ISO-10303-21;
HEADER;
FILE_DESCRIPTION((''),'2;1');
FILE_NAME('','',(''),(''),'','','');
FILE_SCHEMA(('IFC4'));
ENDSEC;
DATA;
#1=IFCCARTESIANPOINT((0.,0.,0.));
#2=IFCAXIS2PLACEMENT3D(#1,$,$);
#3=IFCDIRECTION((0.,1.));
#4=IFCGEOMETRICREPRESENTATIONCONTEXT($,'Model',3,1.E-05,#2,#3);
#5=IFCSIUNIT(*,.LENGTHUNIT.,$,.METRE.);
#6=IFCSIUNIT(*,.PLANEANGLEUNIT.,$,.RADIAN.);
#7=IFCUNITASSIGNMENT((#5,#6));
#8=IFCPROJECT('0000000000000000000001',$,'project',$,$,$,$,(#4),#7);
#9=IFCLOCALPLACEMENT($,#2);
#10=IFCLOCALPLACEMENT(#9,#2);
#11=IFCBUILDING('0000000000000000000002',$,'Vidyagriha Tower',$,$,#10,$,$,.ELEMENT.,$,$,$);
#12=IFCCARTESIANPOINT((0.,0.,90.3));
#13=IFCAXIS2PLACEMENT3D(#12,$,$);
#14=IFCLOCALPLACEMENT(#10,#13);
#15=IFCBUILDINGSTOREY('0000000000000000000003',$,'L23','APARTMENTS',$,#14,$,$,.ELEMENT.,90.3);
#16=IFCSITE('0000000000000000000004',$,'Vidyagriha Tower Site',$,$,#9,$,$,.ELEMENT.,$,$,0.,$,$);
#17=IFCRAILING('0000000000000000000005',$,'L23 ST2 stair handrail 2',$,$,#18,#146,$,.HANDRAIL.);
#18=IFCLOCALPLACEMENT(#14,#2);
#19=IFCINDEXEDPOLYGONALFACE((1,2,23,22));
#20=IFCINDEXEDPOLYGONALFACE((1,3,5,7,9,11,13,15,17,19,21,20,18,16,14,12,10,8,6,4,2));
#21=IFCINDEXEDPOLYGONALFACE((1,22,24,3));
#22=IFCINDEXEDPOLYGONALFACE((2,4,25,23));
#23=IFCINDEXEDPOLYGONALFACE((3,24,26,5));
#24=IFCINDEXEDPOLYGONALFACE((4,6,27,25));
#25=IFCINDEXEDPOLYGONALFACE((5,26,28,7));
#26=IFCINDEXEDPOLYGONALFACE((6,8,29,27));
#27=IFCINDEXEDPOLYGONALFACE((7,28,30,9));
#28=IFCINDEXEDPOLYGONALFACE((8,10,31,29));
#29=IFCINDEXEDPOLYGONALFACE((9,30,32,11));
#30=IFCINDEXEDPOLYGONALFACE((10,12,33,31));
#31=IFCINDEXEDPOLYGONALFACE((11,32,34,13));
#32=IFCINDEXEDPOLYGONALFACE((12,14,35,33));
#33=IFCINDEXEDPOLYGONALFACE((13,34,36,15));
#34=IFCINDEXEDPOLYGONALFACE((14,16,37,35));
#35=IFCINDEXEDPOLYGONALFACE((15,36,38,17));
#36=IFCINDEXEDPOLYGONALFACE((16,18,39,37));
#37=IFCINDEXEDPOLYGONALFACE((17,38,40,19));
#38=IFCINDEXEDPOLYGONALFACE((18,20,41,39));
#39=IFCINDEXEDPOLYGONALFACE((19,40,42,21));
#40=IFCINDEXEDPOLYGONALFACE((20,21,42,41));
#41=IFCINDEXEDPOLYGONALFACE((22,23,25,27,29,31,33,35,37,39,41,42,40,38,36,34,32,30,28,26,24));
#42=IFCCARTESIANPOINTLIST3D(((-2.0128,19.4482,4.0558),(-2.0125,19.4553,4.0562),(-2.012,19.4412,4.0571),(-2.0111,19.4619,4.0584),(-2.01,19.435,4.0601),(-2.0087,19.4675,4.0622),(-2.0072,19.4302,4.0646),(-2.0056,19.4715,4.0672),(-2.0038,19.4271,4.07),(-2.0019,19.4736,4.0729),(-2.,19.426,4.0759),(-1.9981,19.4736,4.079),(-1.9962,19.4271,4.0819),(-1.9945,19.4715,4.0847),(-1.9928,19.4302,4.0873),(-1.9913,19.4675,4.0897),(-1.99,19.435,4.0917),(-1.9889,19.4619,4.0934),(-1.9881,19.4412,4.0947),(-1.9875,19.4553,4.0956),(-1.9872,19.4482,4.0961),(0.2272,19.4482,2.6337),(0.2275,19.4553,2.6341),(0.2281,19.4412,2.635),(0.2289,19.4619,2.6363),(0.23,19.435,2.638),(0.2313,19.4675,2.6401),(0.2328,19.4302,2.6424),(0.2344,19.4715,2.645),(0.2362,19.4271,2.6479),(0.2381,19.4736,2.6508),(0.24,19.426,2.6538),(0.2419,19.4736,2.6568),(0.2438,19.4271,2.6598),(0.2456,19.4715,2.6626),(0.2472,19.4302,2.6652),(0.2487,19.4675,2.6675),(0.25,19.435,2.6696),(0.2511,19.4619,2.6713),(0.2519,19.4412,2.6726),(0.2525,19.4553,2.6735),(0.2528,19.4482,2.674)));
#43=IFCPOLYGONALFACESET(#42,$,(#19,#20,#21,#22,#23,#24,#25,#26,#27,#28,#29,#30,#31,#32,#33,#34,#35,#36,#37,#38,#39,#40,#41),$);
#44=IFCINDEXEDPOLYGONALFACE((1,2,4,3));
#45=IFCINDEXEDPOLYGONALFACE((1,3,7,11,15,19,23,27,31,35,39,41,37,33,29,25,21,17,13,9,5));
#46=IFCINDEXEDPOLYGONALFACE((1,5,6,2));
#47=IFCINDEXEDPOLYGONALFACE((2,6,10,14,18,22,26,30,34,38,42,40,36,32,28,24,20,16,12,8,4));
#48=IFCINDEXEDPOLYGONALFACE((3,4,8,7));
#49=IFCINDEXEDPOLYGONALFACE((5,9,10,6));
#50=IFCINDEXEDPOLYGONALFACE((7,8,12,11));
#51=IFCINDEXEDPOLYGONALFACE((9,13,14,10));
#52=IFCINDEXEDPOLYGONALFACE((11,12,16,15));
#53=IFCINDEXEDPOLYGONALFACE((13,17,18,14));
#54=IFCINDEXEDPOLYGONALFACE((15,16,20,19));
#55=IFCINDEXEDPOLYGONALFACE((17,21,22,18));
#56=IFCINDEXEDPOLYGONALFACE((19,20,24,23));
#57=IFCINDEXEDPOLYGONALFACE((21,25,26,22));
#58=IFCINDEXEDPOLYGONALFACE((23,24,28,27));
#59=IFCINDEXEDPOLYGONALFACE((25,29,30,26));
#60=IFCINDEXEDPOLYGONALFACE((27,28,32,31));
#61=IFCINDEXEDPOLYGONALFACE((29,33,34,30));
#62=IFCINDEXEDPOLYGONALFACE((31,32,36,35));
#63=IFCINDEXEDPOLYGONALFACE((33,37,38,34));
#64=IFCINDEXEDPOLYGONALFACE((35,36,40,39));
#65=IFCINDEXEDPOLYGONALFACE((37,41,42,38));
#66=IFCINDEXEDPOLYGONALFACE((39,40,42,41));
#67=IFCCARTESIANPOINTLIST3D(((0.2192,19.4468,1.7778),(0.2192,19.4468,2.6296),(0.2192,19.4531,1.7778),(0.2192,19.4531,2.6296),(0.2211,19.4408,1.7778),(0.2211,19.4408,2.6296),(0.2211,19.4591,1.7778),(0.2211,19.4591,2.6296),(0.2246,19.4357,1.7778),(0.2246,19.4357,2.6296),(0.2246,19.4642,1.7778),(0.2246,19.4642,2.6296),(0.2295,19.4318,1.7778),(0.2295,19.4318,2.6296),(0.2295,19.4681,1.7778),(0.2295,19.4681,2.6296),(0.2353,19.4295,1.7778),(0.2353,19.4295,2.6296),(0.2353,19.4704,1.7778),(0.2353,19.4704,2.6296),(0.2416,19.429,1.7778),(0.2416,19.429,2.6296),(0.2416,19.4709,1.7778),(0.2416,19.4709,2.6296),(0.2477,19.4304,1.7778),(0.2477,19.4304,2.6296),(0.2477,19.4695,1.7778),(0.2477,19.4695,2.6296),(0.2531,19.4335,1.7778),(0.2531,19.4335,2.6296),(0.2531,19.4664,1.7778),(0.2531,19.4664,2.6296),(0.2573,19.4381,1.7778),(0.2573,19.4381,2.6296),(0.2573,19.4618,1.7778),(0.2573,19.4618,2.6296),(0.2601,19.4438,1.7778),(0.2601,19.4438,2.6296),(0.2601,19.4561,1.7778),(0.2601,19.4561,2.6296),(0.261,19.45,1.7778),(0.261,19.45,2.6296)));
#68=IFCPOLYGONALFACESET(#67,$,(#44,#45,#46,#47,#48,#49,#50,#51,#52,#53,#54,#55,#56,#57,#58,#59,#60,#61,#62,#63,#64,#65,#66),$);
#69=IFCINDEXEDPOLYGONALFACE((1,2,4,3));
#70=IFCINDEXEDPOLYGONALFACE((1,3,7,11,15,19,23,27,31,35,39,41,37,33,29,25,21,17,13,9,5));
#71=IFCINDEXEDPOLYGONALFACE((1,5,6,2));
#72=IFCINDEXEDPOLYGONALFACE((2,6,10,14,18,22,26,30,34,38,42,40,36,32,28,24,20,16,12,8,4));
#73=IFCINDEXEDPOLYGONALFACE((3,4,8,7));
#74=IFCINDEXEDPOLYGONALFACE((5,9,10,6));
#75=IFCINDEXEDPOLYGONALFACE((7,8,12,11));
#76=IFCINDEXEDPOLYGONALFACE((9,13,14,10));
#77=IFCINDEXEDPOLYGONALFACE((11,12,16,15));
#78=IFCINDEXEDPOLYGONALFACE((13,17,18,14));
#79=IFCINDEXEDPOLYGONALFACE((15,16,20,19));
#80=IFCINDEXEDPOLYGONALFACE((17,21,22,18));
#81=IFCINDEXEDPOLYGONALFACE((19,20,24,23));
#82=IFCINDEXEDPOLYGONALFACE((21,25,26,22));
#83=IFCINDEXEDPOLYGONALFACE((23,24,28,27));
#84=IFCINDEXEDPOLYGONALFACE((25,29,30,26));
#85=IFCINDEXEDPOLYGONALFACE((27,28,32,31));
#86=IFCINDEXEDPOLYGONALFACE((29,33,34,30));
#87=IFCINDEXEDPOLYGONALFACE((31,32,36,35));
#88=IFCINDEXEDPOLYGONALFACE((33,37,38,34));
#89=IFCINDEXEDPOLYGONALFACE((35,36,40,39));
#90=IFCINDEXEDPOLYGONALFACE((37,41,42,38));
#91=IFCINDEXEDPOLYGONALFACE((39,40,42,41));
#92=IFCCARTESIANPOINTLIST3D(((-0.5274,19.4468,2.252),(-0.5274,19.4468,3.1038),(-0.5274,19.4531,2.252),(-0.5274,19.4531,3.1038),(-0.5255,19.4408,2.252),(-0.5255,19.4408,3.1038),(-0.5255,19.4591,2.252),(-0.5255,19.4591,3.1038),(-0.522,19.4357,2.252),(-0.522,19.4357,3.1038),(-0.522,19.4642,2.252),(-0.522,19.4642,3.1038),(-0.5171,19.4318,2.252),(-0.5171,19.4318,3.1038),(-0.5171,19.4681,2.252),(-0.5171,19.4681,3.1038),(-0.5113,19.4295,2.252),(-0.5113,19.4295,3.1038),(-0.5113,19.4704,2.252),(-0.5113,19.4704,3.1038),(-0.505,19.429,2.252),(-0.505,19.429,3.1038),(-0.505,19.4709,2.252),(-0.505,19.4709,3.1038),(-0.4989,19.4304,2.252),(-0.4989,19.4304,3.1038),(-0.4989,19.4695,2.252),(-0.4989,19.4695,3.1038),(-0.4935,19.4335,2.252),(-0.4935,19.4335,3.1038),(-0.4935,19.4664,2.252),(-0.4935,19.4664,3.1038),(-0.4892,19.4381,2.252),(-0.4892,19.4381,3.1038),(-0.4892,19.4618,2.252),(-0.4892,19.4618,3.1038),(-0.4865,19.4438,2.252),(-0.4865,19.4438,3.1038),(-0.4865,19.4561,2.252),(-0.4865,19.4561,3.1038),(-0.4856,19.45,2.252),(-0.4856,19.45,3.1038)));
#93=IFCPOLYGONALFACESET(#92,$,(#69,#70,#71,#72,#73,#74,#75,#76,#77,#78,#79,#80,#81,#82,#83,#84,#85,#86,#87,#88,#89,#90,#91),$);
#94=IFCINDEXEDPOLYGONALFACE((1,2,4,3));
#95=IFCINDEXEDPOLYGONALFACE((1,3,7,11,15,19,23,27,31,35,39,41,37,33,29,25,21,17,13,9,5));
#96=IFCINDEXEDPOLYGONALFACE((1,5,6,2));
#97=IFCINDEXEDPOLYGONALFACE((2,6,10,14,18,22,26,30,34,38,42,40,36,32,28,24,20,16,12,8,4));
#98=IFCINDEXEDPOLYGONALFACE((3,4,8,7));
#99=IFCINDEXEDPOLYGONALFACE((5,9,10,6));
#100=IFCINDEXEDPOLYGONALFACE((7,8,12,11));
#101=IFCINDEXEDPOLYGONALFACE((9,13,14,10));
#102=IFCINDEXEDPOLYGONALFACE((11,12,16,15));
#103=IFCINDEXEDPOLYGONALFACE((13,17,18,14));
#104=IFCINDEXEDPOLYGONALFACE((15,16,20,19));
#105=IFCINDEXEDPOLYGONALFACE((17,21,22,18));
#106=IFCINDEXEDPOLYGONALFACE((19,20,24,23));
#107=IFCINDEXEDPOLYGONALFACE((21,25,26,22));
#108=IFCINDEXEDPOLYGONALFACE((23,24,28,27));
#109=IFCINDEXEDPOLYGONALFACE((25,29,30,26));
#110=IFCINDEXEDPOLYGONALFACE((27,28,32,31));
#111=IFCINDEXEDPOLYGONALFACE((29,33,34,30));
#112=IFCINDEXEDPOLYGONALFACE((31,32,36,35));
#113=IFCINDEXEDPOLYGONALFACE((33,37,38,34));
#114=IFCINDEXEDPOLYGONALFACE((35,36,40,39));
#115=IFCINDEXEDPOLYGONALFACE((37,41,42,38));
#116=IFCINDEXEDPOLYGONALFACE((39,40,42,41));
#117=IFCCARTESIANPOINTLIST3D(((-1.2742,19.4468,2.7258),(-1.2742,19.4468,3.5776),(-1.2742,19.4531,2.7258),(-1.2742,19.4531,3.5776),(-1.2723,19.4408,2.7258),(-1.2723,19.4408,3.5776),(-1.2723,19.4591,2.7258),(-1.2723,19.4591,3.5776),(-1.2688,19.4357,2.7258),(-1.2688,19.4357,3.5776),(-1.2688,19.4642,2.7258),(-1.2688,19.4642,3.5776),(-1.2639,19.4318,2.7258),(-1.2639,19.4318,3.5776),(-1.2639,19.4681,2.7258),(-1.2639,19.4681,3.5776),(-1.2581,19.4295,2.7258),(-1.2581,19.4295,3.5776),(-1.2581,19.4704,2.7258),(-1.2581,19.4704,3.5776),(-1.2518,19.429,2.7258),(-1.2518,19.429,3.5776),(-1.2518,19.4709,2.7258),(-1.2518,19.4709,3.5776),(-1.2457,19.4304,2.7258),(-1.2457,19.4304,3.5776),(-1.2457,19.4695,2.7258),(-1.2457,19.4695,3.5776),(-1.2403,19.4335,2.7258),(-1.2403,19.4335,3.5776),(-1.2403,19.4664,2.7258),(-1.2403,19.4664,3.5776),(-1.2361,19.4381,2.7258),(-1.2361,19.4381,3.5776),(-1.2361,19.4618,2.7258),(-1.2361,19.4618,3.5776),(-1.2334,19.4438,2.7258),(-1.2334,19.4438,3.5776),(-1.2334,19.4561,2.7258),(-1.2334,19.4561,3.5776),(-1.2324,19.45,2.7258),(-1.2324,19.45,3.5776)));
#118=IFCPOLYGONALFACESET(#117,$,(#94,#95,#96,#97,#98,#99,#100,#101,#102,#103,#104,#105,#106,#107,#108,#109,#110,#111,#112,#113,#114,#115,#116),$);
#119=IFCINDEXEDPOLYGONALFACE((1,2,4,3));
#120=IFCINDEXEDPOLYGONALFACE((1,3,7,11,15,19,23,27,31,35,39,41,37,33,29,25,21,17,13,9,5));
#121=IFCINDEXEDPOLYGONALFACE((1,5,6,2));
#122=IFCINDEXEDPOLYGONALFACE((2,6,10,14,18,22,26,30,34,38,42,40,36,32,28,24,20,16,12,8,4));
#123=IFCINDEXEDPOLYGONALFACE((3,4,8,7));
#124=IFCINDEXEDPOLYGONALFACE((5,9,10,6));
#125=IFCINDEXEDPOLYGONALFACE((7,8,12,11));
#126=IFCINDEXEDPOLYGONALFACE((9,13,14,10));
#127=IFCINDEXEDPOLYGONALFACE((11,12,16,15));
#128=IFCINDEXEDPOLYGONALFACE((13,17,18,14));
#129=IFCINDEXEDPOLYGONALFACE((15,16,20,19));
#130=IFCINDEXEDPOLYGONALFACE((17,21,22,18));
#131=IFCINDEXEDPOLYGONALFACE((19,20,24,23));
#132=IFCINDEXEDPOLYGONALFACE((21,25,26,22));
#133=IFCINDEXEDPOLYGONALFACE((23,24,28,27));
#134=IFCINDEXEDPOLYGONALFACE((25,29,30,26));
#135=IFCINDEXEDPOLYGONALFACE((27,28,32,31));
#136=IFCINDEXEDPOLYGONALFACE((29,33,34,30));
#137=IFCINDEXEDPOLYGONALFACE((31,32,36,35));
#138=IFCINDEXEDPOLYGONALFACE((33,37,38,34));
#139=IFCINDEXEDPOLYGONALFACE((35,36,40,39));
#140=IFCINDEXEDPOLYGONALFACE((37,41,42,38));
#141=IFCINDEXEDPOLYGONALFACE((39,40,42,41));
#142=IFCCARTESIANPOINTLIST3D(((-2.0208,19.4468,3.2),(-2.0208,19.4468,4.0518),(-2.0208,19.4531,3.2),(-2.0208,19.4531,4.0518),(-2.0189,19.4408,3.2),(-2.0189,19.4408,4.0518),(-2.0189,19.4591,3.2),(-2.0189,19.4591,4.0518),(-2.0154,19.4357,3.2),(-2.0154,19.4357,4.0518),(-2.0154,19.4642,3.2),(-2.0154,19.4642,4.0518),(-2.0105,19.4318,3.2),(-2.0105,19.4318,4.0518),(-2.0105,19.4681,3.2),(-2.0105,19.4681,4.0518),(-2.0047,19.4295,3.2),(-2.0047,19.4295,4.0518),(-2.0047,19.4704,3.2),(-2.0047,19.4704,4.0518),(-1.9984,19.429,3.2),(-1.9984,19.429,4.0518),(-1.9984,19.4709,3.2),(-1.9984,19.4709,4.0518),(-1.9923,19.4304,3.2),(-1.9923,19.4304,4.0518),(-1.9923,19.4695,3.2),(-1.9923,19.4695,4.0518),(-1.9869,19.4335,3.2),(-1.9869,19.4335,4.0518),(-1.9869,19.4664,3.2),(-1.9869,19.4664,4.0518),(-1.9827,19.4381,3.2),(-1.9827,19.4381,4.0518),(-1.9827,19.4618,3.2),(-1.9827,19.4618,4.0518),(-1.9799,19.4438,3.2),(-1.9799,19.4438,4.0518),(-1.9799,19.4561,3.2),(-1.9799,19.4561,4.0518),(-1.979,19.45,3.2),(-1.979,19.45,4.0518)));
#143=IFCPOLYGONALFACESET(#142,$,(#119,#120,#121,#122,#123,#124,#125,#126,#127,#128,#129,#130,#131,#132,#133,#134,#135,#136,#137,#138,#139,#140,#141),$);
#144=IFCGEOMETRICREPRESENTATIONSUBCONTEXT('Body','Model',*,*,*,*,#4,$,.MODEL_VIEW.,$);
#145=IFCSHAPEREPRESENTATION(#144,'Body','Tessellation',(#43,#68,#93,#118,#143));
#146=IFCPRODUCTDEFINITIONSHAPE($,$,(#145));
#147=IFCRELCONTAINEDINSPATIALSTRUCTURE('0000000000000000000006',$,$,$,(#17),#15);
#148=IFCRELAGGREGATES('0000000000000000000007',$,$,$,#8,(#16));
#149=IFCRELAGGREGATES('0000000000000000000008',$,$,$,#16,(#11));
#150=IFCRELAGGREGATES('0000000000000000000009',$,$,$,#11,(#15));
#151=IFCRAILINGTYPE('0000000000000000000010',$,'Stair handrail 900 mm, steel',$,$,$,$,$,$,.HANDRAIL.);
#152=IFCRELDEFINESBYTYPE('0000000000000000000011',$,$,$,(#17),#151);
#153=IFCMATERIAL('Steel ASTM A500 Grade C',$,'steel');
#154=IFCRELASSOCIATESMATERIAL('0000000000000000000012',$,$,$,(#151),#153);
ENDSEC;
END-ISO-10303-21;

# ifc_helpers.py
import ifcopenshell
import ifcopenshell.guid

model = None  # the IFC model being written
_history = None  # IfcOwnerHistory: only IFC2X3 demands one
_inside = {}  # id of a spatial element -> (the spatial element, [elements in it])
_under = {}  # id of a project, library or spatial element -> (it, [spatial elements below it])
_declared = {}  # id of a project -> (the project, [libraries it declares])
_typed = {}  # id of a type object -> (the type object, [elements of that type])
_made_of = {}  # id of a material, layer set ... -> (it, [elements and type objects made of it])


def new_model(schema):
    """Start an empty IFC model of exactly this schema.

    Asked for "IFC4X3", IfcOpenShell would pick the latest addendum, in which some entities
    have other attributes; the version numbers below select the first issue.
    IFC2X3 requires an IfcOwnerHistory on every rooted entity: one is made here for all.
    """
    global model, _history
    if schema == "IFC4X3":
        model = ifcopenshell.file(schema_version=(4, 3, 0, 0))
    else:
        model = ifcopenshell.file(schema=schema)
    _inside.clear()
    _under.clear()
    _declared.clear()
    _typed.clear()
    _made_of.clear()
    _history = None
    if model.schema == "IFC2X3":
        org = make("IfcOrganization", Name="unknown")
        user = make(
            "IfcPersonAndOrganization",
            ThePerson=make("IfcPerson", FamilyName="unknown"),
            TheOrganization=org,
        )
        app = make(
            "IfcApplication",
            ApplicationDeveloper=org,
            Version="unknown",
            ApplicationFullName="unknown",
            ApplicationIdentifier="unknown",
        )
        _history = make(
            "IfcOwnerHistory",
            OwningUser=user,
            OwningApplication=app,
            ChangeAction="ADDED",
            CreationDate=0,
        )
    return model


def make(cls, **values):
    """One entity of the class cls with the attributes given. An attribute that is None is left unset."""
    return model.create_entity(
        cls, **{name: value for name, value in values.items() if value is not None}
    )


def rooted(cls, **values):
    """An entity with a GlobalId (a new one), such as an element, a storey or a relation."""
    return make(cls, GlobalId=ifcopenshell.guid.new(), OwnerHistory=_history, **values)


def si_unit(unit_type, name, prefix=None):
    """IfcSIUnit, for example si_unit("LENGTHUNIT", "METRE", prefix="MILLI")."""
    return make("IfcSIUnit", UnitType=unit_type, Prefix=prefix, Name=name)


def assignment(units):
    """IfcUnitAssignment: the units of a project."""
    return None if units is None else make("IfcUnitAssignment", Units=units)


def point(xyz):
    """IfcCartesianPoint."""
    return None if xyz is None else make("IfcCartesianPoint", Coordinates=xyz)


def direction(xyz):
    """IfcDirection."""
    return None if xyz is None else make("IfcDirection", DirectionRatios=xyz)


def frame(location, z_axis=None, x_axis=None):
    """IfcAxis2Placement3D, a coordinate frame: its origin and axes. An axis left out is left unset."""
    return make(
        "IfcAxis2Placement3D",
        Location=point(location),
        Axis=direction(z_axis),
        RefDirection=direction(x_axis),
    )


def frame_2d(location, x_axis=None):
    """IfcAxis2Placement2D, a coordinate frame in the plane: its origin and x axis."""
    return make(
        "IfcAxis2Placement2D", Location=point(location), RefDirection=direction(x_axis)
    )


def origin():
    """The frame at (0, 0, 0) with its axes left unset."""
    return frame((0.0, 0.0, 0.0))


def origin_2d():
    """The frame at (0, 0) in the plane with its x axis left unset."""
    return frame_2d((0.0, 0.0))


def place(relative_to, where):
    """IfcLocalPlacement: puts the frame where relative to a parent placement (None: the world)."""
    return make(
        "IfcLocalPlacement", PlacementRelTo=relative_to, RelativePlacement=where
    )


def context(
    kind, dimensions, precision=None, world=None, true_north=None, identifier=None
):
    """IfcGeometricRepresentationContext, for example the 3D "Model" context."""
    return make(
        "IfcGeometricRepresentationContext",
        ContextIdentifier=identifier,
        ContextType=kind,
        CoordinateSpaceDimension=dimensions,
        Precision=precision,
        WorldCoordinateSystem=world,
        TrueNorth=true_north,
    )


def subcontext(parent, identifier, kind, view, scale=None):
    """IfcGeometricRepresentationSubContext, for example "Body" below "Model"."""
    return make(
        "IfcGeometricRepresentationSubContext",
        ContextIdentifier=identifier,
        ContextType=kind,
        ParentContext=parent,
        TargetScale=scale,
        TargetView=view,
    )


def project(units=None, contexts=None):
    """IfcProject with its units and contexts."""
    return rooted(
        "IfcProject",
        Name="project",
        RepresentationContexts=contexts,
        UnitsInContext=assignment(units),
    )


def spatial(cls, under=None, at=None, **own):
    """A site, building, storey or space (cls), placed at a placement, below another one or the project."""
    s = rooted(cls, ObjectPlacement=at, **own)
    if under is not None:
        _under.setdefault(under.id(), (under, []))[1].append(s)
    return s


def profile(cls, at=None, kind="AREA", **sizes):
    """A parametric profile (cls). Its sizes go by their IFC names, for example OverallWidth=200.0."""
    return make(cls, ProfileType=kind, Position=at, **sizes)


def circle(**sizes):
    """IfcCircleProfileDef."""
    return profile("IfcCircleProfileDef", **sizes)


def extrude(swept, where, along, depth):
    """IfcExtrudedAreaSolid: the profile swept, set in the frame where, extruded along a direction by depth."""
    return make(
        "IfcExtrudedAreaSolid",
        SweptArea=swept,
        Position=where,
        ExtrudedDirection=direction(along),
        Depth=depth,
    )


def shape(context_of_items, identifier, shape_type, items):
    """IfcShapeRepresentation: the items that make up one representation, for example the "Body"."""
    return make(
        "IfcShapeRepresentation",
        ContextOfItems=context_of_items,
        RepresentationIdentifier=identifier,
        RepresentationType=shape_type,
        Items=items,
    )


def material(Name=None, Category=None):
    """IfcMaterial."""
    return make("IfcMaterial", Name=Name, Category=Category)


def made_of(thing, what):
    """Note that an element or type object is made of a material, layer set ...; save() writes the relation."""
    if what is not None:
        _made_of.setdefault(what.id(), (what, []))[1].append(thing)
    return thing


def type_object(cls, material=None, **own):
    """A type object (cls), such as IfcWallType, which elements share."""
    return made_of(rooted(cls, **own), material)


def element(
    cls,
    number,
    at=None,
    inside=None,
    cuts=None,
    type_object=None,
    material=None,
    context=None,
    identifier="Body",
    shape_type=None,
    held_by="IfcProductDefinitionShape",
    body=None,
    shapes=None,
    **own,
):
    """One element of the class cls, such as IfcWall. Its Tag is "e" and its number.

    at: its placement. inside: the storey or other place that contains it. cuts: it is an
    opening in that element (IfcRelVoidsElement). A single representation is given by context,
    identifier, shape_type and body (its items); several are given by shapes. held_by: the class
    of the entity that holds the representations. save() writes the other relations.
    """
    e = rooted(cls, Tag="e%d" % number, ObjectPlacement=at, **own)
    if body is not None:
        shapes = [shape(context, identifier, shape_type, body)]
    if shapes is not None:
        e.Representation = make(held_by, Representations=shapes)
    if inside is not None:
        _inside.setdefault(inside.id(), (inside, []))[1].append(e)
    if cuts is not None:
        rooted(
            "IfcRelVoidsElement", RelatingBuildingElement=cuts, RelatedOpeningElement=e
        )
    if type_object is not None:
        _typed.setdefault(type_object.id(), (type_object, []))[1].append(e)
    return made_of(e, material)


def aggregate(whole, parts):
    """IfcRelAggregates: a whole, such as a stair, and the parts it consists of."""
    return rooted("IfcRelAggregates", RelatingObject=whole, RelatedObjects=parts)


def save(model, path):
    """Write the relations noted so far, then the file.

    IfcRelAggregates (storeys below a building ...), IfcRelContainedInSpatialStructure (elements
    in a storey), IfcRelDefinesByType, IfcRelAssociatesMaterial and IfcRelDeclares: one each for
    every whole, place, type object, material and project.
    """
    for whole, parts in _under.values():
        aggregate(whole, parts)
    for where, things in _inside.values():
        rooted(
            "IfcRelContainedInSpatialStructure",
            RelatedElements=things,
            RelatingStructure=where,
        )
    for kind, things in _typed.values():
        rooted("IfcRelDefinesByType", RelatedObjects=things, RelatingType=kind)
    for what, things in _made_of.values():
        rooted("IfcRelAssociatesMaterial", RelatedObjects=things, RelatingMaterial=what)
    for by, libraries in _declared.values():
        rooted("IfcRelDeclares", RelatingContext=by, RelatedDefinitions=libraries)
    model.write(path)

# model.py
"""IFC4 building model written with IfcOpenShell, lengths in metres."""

from ifc_helpers import new_model, si_unit, direction, frame, origin, origin_2d, place, context, subcontext, project, spatial, circle, extrude, material, type_object, element, save


model = new_model("IFC4")

# Units and contexts
model_context = context("Model", 3, precision=1e-05, world=origin(), true_north=direction((0.0, 1.0)))
body_context = subcontext(model_context, "Body", "Model", "MODEL_VIEW")
ifc_project = project(units=[si_unit("LENGTHUNIT", "METRE"), si_unit("PLANEANGLEUNIT", "RADIAN")], contexts=[model_context])

# Site, building, storey
site_placement = place(None, origin())
site = spatial("IfcSite", under=ifc_project, at=site_placement, Name="Vidyagriha Tower Site", CompositionType="ELEMENT", RefElevation=0.0)
building_placement = place(site_placement, origin())
building = spatial("IfcBuilding", under=site, at=building_placement, Name="Vidyagriha Tower", CompositionType="ELEMENT")
storey_placement = place(building_placement, frame((0.0, 0.0, 90.3)))
storey = spatial("IfcBuildingStorey", under=building, at=storey_placement, Name="L23", Description="APARTMENTS", CompositionType="ELEMENT", Elevation=90.3)

# Railing
ifc_material_1 = material(Name="Steel ASTM A500 Grade C", Category="steel")
railing_type_1 = type_object("IfcRailingType", Name="Stair handrail 900 mm, steel", PredefinedType="HANDRAIL", material=ifc_material_1)
railing_1_placement = place(storey_placement, frame((0.24, 19.45, 1.7778)))
element("IfcRailing", 1, at=railing_1_placement, inside=storey, type_object=railing_type_1, Name="L23 ST2 stair handrail 2", PredefinedType="HANDRAIL", context=body_context, shape_type="SweptSolid", body=[
    extrude(circle(Radius=0.0239, at=origin_2d()), frame((0.0, 0.0, 0.876), z_axis=(-0.844229, 0.0, 0.535982), x_axis=(0.0, -1.0, 0.0)), (0.0, 0.0, 1.0), 2.6533),
    extrude(circle(Radius=0.021, at=origin_2d()), origin(), (0.0, 0.0, 1.0), 0.8518),
    extrude(circle(Radius=0.021, at=origin_2d()), frame((-0.7466, 0.0, 0.4741)), (0.0, 0.0, 1.0), 0.8518),
    extrude(circle(Radius=0.021, at=origin_2d()), frame((-1.4934, 0.0, 0.948)), (0.0, 0.0, 1.0), 0.8518),
    extrude(circle(Radius=0.021, at=origin_2d()), frame((-2.24, 0.0, 1.4221)), (0.0, 0.0, 1.0), 0.8518),
])

save(model, "model.ifc")
